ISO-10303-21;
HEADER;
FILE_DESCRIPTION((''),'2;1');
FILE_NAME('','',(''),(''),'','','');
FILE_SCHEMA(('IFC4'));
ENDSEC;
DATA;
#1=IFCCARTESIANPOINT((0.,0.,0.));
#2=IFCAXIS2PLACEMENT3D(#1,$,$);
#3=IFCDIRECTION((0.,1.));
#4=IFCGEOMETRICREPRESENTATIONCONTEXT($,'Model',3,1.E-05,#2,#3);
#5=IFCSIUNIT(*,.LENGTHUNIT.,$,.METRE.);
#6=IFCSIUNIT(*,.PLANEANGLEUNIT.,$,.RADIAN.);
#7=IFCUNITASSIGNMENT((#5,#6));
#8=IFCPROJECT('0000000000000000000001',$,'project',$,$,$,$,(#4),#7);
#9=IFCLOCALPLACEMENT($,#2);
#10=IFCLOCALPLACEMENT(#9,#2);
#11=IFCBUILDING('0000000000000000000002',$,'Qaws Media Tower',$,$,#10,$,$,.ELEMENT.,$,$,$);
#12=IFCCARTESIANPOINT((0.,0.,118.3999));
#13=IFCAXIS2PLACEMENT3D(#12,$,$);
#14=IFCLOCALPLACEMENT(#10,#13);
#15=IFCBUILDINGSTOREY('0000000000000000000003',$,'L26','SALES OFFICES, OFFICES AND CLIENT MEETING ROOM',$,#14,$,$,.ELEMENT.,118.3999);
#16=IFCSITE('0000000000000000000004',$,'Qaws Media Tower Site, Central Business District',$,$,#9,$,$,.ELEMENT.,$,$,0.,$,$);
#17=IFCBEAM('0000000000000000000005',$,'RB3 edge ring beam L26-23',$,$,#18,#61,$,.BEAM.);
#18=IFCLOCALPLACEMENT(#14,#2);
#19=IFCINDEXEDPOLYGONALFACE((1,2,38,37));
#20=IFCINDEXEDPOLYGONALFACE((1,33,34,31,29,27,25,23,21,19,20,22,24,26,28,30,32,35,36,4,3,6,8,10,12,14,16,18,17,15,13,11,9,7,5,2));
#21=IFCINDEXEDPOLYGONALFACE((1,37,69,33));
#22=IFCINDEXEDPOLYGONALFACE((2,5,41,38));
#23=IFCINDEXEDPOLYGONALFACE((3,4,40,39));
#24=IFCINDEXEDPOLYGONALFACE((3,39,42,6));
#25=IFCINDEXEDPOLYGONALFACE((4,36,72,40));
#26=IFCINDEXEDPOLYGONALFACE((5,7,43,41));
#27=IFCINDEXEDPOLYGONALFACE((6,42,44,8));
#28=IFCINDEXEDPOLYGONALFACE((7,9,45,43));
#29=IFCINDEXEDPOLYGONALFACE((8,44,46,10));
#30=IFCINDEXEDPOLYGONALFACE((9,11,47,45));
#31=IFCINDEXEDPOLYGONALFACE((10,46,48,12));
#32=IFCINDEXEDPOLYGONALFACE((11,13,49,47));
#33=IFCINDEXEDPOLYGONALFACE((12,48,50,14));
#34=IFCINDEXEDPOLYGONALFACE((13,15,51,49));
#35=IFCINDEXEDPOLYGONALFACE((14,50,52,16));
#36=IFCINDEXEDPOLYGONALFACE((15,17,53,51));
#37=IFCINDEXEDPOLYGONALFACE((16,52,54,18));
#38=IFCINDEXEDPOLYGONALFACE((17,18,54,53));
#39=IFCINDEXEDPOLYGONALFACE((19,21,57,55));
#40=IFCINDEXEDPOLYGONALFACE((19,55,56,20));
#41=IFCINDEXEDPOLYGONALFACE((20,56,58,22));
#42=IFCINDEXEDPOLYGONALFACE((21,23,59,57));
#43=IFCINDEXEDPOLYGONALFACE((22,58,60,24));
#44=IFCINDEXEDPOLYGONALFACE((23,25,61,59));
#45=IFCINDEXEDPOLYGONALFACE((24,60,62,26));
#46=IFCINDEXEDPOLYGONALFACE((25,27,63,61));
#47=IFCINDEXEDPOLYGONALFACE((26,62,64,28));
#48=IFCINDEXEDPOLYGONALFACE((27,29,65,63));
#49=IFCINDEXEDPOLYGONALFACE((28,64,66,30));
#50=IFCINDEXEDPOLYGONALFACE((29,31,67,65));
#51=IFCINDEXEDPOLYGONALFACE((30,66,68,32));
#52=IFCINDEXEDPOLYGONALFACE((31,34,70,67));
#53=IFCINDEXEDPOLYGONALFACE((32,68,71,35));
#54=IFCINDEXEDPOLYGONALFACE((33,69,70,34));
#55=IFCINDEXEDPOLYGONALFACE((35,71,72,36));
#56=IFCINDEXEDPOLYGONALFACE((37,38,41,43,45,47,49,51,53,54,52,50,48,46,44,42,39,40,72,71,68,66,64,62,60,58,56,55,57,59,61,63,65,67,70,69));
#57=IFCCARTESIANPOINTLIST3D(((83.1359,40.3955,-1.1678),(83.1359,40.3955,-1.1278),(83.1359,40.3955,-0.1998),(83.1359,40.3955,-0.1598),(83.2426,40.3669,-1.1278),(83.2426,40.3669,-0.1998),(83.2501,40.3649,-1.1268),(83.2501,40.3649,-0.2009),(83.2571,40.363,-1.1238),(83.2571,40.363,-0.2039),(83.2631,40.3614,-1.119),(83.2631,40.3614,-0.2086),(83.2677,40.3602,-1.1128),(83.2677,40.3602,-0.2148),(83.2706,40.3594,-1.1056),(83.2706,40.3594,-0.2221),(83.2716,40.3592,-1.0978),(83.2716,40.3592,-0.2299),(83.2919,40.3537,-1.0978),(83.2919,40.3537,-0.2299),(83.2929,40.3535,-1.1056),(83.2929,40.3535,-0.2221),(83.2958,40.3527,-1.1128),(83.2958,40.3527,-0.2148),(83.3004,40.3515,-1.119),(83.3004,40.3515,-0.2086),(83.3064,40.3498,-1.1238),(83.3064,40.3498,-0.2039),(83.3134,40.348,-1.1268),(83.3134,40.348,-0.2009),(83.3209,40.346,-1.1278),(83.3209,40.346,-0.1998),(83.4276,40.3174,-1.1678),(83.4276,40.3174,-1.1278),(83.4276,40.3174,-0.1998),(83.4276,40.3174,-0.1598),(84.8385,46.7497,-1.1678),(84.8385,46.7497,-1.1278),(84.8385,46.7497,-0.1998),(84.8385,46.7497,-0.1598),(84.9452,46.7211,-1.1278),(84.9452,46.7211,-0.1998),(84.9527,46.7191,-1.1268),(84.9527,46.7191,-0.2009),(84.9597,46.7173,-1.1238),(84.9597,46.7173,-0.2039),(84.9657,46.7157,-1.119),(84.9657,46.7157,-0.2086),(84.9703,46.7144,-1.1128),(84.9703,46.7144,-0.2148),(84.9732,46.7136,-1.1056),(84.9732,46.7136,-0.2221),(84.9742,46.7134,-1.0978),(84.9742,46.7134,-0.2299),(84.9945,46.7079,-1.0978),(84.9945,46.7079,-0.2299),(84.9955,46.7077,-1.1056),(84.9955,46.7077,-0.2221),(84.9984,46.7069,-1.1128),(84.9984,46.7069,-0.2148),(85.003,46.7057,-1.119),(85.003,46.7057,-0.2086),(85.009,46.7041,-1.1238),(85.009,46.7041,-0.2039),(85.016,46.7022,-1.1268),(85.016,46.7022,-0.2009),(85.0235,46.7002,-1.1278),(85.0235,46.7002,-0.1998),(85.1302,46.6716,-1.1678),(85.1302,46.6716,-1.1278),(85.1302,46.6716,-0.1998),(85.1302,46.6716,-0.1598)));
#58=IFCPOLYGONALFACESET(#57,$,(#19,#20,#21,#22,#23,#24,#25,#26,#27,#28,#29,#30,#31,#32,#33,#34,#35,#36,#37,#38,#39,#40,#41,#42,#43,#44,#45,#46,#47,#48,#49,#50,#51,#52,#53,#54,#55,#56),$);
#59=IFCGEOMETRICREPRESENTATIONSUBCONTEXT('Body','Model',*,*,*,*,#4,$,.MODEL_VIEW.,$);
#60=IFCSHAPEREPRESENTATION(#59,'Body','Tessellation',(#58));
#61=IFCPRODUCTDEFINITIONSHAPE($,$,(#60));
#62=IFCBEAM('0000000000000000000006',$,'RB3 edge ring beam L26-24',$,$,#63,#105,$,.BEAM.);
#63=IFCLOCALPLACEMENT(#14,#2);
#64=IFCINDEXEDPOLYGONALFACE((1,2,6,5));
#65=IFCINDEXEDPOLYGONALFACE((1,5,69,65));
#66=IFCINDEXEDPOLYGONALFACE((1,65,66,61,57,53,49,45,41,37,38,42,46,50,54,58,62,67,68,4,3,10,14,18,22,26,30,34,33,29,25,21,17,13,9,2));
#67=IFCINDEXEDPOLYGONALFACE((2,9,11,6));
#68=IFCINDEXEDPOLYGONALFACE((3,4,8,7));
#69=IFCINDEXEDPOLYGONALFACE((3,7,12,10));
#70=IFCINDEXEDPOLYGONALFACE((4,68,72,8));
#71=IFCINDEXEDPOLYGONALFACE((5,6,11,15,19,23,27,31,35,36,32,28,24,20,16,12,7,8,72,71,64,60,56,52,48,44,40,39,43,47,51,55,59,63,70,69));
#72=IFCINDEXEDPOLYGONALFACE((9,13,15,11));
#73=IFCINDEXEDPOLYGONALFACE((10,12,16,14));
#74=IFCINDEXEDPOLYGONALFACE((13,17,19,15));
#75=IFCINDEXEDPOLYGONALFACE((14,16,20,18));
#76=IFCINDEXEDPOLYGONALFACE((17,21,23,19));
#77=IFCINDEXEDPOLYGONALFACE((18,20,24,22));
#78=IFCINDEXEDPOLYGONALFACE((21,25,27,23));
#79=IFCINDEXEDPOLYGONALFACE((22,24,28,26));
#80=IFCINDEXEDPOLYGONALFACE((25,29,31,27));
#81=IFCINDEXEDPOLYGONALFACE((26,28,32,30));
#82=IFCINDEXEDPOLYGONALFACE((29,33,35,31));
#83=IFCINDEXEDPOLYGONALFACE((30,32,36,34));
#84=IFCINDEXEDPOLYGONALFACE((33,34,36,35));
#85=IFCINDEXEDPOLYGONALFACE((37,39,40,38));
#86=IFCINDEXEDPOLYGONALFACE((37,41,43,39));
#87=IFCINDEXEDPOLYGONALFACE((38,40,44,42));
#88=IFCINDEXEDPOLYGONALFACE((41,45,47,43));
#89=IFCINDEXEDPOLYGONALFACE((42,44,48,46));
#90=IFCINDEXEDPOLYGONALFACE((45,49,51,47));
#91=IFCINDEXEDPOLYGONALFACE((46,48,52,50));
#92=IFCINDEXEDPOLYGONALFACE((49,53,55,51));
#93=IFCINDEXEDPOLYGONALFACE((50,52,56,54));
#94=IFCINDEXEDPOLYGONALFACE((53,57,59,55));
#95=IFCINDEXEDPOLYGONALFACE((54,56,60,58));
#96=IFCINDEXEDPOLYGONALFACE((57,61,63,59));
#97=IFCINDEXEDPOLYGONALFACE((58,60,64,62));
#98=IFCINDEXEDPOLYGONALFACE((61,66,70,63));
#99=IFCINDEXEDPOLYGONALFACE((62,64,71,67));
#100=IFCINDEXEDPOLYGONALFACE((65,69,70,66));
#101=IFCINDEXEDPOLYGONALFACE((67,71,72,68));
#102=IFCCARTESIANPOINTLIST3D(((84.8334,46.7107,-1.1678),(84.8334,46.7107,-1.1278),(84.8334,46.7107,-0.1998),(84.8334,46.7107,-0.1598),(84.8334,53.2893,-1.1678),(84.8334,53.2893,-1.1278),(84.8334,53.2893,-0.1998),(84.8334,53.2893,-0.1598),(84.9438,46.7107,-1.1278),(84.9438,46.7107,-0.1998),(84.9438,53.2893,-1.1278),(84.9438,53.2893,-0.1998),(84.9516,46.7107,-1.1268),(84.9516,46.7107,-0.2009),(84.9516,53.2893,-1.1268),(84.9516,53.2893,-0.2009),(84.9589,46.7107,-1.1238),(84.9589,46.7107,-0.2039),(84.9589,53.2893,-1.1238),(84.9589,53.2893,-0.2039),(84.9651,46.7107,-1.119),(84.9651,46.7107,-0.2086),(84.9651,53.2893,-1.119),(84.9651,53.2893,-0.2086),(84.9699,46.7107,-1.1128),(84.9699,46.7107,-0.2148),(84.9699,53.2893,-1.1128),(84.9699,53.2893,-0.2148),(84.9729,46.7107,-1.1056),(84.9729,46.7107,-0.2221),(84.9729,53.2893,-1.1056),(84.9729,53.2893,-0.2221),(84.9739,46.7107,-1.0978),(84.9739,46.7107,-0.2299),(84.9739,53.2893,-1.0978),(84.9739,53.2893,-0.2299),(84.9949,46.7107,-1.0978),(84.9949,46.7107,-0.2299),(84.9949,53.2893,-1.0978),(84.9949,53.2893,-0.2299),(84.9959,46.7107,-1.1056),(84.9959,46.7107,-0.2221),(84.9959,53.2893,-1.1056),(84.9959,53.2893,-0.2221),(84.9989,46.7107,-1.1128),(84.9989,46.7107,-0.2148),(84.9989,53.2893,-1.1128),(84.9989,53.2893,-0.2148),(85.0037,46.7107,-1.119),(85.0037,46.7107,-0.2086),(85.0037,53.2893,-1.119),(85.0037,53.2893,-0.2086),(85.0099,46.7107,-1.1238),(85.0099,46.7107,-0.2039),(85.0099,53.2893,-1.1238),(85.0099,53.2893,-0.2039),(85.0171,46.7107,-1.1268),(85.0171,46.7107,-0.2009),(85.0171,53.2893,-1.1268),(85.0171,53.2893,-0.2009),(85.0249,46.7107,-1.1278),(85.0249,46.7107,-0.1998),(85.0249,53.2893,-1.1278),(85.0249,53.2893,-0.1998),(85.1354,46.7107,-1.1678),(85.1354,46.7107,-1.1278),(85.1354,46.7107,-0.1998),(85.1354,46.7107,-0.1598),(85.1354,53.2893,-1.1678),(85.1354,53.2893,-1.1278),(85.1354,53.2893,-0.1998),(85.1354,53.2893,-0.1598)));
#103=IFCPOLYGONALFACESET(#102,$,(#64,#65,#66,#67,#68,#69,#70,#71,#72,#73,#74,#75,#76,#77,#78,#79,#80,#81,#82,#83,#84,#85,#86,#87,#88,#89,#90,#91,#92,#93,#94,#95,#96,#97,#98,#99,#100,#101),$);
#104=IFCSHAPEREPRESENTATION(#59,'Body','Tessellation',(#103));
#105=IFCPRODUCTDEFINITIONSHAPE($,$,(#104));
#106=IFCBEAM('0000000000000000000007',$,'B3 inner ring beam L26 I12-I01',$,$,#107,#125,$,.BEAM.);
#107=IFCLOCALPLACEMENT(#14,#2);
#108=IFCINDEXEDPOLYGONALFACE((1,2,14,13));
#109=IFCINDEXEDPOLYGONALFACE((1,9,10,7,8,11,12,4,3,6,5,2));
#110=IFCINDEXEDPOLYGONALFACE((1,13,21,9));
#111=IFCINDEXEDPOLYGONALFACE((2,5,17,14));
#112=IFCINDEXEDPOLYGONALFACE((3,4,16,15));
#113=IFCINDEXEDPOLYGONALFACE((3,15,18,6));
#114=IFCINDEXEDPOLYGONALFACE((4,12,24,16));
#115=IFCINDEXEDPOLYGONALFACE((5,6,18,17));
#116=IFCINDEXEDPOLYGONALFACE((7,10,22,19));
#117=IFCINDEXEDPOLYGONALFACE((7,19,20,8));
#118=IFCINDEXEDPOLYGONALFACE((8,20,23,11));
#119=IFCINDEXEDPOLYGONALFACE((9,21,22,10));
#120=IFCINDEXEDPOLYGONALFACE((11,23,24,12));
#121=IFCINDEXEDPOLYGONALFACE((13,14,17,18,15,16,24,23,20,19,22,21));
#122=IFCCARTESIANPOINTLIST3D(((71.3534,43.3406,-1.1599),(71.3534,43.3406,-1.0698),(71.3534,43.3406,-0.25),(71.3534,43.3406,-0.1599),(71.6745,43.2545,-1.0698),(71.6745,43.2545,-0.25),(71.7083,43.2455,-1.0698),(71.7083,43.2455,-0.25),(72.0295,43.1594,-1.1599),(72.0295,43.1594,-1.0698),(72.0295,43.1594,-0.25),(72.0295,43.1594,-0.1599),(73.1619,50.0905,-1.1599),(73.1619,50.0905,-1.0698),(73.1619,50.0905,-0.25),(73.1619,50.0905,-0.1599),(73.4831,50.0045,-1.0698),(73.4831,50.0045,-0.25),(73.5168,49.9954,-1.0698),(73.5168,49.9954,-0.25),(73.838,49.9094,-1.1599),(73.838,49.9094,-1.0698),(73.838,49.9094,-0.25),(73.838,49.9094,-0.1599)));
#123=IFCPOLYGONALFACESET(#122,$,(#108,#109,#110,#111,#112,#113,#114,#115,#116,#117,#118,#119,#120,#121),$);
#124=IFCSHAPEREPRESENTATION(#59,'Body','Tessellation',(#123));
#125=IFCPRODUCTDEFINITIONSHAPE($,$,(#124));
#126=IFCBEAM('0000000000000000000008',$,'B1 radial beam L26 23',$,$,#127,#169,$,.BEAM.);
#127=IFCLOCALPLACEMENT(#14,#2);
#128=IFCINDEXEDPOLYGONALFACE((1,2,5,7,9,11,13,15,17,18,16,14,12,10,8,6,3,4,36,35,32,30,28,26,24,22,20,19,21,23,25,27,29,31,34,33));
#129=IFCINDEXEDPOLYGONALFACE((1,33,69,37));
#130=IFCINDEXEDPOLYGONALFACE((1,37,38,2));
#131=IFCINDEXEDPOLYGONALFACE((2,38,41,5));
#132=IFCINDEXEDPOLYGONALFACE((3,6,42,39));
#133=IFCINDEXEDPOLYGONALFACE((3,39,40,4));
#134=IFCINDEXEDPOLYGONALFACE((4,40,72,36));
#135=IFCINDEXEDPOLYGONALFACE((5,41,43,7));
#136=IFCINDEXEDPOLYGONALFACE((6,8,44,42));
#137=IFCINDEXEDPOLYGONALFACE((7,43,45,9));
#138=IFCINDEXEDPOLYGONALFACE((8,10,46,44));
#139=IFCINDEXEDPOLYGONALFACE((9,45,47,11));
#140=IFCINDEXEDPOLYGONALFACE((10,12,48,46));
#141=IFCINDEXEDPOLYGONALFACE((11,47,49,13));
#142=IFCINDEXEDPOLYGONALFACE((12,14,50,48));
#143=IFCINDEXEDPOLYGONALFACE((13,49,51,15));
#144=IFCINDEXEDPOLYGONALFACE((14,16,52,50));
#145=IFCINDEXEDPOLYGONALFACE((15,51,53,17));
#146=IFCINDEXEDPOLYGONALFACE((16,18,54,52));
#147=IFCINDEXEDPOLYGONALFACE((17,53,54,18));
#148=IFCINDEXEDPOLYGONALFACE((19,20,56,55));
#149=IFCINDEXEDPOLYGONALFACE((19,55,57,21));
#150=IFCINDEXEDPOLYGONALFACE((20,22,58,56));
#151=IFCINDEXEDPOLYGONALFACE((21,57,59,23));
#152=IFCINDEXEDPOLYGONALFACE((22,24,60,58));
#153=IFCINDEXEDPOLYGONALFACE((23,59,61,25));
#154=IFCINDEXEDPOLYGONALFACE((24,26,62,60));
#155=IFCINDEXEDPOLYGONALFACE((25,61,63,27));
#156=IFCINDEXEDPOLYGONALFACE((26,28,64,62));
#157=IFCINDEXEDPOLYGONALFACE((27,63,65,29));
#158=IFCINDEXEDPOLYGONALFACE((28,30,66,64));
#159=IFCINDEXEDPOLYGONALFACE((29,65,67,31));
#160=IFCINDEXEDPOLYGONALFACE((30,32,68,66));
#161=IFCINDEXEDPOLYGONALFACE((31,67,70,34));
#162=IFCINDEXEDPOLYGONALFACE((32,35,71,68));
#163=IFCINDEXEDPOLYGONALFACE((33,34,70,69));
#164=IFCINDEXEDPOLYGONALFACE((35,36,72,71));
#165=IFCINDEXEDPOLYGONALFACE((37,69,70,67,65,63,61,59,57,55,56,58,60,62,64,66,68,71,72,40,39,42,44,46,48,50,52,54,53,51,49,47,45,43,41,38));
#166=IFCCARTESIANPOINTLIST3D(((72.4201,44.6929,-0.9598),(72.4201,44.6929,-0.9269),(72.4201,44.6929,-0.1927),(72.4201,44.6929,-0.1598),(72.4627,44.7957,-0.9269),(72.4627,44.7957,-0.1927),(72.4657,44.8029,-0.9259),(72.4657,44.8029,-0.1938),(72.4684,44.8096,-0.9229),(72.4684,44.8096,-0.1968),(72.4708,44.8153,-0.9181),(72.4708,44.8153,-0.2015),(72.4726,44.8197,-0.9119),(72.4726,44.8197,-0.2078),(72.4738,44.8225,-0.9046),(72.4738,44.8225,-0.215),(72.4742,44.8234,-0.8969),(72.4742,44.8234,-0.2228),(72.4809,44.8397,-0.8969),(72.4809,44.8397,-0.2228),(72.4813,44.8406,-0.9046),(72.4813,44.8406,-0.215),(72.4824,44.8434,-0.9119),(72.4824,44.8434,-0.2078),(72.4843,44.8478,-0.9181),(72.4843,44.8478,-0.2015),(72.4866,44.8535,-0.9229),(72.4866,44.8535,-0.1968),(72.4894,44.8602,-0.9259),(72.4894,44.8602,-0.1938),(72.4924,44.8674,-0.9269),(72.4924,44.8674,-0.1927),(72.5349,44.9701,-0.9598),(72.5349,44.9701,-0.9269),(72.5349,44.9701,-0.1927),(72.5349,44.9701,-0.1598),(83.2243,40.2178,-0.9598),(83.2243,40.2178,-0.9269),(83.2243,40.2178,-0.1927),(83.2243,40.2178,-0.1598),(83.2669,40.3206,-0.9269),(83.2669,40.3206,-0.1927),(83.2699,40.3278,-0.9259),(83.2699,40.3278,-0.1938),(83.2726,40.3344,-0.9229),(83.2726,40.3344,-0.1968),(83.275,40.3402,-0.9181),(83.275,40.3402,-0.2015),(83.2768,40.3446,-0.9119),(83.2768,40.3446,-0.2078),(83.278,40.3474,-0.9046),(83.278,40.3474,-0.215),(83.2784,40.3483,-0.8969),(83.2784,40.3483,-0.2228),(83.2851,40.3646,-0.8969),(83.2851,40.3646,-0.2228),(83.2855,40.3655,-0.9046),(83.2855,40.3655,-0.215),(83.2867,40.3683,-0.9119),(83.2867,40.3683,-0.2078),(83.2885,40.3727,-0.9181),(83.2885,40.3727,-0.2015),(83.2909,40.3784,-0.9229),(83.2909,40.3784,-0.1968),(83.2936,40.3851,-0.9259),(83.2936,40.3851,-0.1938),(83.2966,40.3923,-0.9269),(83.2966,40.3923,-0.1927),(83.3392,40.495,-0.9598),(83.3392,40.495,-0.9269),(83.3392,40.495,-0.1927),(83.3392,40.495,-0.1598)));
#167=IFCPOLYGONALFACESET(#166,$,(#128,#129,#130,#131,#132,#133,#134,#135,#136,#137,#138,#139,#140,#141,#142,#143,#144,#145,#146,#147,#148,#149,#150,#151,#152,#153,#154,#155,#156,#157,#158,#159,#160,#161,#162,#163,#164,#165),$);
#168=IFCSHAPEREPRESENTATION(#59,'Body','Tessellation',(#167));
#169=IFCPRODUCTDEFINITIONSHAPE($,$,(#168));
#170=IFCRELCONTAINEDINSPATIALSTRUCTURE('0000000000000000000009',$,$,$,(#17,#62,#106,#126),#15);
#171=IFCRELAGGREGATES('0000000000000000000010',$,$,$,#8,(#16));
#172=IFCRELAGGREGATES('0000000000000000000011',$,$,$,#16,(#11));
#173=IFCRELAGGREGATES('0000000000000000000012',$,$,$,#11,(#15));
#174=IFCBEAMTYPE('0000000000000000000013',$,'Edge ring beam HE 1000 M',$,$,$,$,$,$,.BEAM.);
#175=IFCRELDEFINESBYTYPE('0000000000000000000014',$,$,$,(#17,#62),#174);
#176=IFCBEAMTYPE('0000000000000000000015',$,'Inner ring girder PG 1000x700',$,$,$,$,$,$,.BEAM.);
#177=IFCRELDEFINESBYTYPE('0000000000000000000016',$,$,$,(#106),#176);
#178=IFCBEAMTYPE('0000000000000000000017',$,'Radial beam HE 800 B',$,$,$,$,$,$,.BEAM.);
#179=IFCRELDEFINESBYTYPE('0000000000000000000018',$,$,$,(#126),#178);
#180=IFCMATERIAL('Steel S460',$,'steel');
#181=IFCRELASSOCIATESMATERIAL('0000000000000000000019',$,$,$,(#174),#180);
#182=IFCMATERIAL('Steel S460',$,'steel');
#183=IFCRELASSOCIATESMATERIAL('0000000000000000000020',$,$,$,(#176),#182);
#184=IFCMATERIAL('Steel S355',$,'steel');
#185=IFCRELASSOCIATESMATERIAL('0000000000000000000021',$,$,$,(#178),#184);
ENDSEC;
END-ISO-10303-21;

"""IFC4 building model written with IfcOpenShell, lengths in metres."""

from ifc_helpers import new_model, si_unit, direction, frame, origin, origin_2d, place, context, subcontext, project, spatial, i_section, extrude, material, material_profile, profile_set, type_object, element, save


model = new_model("IFC4")

# Units and contexts
model_context = context("Model", 3, precision=1e-05, world=origin(), true_north=direction((0.0, 1.0)))
body_context = subcontext(model_context, "Body", "Model", "MODEL_VIEW")
ifc_project = project(units=[si_unit("LENGTHUNIT", "METRE"), si_unit("PLANEANGLEUNIT", "RADIAN")], contexts=[model_context])

# Site, building, storey
site_placement = place(None, origin())
site = spatial("IfcSite", under=ifc_project, at=site_placement, Name="Qaws Media Tower Site, Central Business District", CompositionType="ELEMENT", RefElevation=0.0)
building_placement = place(site_placement, origin())
building = spatial("IfcBuilding", under=site, at=building_placement, Name="Qaws Media Tower", CompositionType="ELEMENT")
storey_placement = place(building_placement, frame((0.0, 0.0, 118.3999)))
storey = spatial("IfcBuildingStorey", under=building, at=storey_placement, Name="L26", Description="SALES OFFICES, OFFICES AND CLIENT MEETING ROOM", CompositionType="ELEMENT", Elevation=118.3999)

# Beams
ifc_material_1 = material(Name="Steel S460", Category="steel")
ifc_material_profile_1 = material_profile(ifc_material_1, i_section(OverallWidth=0.302, OverallDepth=1.0081, WebThickness=0.021, FlangeThickness=0.04, FilletRadius=0.03, at=origin_2d()), Name="HE 1000 M")
ifc_profile_set_1 = profile_set([ifc_material_profile_1], Name="Steel S460")
beam_type_1 = type_object("IfcBeamType", Name="Edge ring beam HE 1000 M", PredefinedType="BEAM", material=ifc_profile_set_1)
beam_1_placement = place(storey_placement, frame((83.2817, 40.3564, -0.6638), z_axis=(0.258822, 0.965925, 0.0), x_axis=(-0.965925, 0.258822, 0.0)))
element("IfcBeam", 1, at=beam_1_placement, inside=storey, type_object=beam_type_1, Name="RB3 edge ring beam L26-23", PredefinedType="BEAM", context=body_context, shape_type="SweptSolid", body=[
    extrude(i_section(OverallWidth=0.302, OverallDepth=1.0081, WebThickness=0.021, FlangeThickness=0.04, FilletRadius=0.03, at=origin_2d()), origin(), (0.0, 0.0, 1.0), 6.5784),
])
beam_2_placement = place(storey_placement, frame((84.9844, 46.7107, -0.6638), z_axis=(0.0, 1.0, 0.0), x_axis=(-1.0, 0.0, 0.0)))
element("IfcBeam", 2, at=beam_2_placement, inside=storey, type_object=beam_type_1, Name="RB3 edge ring beam L26-24", PredefinedType="BEAM", context=body_context, shape_type="SweptSolid", body=[
    extrude(i_section(OverallWidth=0.302, OverallDepth=1.0081, WebThickness=0.021, FlangeThickness=0.04, FilletRadius=0.03, at=origin_2d()), origin(), (0.0, 0.0, 1.0), 6.5786),
])
ifc_material_2 = material(Name="Steel S460", Category="steel")
ifc_material_profile_2 = material_profile(ifc_material_2, i_section(OverallWidth=0.7, OverallDepth=1.0, WebThickness=0.0349, FlangeThickness=0.0901, at=origin_2d()), Name="PG 1000x700")
ifc_profile_set_2 = profile_set([ifc_material_profile_2], Name="Steel S460")
beam_type_2 = type_object("IfcBeamType", Name="Inner ring girder PG 1000x700", PredefinedType="BEAM", material=ifc_profile_set_2)
beam_3_placement = place(storey_placement, frame((71.6914, 43.25, -0.6599), z_axis=(0.258811, 0.965928, 0.0), x_axis=(-0.965928, 0.258811, 0.0)))
element("IfcBeam", 3, at=beam_3_placement, inside=storey, type_object=beam_type_2, Name="B3 inner ring beam L26 I12-I01", PredefinedType="BEAM", context=body_context, shape_type="SweptSolid", body=[
    extrude(i_section(OverallWidth=0.7, OverallDepth=1.0, WebThickness=0.0349, FlangeThickness=0.0901, at=origin_2d()), origin(), (0.0, 0.0, 1.0), 6.988),
])
ifc_material_3 = material(Name="Steel S355", Category="steel")
ifc_material_profile_3 = material_profile(ifc_material_3, i_section(OverallWidth=0.3, OverallDepth=0.8, WebThickness=0.0176, FlangeThickness=0.033, FilletRadius=0.03, at=origin_2d()), Name="HE 800 B")
ifc_profile_set_3 = profile_set([ifc_material_profile_3], Name="Steel S355")
beam_type_3 = type_object("IfcBeamType", Name="Radial beam HE 800 B", PredefinedType="BEAM", material=ifc_profile_set_3)
beam_4_placement = place(storey_placement, frame((72.4775, 44.8315, -0.5598), z_axis=(0.923884, -0.382673, 0.0), x_axis=(0.382673, 0.923884, 0.0)))
element("IfcBeam", 4, at=beam_4_placement, inside=storey, type_object=beam_type_3, Name="B1 radial beam L26 23", PredefinedType="BEAM", context=body_context, shape_type="SweptSolid", body=[
    extrude(i_section(OverallWidth=0.3, OverallDepth=0.8, WebThickness=0.0176, FlangeThickness=0.033, FilletRadius=0.03, at=origin_2d()), origin(), (0.0, 0.0, 1.0), 11.6943),
])

save(model, "model.ifc")
